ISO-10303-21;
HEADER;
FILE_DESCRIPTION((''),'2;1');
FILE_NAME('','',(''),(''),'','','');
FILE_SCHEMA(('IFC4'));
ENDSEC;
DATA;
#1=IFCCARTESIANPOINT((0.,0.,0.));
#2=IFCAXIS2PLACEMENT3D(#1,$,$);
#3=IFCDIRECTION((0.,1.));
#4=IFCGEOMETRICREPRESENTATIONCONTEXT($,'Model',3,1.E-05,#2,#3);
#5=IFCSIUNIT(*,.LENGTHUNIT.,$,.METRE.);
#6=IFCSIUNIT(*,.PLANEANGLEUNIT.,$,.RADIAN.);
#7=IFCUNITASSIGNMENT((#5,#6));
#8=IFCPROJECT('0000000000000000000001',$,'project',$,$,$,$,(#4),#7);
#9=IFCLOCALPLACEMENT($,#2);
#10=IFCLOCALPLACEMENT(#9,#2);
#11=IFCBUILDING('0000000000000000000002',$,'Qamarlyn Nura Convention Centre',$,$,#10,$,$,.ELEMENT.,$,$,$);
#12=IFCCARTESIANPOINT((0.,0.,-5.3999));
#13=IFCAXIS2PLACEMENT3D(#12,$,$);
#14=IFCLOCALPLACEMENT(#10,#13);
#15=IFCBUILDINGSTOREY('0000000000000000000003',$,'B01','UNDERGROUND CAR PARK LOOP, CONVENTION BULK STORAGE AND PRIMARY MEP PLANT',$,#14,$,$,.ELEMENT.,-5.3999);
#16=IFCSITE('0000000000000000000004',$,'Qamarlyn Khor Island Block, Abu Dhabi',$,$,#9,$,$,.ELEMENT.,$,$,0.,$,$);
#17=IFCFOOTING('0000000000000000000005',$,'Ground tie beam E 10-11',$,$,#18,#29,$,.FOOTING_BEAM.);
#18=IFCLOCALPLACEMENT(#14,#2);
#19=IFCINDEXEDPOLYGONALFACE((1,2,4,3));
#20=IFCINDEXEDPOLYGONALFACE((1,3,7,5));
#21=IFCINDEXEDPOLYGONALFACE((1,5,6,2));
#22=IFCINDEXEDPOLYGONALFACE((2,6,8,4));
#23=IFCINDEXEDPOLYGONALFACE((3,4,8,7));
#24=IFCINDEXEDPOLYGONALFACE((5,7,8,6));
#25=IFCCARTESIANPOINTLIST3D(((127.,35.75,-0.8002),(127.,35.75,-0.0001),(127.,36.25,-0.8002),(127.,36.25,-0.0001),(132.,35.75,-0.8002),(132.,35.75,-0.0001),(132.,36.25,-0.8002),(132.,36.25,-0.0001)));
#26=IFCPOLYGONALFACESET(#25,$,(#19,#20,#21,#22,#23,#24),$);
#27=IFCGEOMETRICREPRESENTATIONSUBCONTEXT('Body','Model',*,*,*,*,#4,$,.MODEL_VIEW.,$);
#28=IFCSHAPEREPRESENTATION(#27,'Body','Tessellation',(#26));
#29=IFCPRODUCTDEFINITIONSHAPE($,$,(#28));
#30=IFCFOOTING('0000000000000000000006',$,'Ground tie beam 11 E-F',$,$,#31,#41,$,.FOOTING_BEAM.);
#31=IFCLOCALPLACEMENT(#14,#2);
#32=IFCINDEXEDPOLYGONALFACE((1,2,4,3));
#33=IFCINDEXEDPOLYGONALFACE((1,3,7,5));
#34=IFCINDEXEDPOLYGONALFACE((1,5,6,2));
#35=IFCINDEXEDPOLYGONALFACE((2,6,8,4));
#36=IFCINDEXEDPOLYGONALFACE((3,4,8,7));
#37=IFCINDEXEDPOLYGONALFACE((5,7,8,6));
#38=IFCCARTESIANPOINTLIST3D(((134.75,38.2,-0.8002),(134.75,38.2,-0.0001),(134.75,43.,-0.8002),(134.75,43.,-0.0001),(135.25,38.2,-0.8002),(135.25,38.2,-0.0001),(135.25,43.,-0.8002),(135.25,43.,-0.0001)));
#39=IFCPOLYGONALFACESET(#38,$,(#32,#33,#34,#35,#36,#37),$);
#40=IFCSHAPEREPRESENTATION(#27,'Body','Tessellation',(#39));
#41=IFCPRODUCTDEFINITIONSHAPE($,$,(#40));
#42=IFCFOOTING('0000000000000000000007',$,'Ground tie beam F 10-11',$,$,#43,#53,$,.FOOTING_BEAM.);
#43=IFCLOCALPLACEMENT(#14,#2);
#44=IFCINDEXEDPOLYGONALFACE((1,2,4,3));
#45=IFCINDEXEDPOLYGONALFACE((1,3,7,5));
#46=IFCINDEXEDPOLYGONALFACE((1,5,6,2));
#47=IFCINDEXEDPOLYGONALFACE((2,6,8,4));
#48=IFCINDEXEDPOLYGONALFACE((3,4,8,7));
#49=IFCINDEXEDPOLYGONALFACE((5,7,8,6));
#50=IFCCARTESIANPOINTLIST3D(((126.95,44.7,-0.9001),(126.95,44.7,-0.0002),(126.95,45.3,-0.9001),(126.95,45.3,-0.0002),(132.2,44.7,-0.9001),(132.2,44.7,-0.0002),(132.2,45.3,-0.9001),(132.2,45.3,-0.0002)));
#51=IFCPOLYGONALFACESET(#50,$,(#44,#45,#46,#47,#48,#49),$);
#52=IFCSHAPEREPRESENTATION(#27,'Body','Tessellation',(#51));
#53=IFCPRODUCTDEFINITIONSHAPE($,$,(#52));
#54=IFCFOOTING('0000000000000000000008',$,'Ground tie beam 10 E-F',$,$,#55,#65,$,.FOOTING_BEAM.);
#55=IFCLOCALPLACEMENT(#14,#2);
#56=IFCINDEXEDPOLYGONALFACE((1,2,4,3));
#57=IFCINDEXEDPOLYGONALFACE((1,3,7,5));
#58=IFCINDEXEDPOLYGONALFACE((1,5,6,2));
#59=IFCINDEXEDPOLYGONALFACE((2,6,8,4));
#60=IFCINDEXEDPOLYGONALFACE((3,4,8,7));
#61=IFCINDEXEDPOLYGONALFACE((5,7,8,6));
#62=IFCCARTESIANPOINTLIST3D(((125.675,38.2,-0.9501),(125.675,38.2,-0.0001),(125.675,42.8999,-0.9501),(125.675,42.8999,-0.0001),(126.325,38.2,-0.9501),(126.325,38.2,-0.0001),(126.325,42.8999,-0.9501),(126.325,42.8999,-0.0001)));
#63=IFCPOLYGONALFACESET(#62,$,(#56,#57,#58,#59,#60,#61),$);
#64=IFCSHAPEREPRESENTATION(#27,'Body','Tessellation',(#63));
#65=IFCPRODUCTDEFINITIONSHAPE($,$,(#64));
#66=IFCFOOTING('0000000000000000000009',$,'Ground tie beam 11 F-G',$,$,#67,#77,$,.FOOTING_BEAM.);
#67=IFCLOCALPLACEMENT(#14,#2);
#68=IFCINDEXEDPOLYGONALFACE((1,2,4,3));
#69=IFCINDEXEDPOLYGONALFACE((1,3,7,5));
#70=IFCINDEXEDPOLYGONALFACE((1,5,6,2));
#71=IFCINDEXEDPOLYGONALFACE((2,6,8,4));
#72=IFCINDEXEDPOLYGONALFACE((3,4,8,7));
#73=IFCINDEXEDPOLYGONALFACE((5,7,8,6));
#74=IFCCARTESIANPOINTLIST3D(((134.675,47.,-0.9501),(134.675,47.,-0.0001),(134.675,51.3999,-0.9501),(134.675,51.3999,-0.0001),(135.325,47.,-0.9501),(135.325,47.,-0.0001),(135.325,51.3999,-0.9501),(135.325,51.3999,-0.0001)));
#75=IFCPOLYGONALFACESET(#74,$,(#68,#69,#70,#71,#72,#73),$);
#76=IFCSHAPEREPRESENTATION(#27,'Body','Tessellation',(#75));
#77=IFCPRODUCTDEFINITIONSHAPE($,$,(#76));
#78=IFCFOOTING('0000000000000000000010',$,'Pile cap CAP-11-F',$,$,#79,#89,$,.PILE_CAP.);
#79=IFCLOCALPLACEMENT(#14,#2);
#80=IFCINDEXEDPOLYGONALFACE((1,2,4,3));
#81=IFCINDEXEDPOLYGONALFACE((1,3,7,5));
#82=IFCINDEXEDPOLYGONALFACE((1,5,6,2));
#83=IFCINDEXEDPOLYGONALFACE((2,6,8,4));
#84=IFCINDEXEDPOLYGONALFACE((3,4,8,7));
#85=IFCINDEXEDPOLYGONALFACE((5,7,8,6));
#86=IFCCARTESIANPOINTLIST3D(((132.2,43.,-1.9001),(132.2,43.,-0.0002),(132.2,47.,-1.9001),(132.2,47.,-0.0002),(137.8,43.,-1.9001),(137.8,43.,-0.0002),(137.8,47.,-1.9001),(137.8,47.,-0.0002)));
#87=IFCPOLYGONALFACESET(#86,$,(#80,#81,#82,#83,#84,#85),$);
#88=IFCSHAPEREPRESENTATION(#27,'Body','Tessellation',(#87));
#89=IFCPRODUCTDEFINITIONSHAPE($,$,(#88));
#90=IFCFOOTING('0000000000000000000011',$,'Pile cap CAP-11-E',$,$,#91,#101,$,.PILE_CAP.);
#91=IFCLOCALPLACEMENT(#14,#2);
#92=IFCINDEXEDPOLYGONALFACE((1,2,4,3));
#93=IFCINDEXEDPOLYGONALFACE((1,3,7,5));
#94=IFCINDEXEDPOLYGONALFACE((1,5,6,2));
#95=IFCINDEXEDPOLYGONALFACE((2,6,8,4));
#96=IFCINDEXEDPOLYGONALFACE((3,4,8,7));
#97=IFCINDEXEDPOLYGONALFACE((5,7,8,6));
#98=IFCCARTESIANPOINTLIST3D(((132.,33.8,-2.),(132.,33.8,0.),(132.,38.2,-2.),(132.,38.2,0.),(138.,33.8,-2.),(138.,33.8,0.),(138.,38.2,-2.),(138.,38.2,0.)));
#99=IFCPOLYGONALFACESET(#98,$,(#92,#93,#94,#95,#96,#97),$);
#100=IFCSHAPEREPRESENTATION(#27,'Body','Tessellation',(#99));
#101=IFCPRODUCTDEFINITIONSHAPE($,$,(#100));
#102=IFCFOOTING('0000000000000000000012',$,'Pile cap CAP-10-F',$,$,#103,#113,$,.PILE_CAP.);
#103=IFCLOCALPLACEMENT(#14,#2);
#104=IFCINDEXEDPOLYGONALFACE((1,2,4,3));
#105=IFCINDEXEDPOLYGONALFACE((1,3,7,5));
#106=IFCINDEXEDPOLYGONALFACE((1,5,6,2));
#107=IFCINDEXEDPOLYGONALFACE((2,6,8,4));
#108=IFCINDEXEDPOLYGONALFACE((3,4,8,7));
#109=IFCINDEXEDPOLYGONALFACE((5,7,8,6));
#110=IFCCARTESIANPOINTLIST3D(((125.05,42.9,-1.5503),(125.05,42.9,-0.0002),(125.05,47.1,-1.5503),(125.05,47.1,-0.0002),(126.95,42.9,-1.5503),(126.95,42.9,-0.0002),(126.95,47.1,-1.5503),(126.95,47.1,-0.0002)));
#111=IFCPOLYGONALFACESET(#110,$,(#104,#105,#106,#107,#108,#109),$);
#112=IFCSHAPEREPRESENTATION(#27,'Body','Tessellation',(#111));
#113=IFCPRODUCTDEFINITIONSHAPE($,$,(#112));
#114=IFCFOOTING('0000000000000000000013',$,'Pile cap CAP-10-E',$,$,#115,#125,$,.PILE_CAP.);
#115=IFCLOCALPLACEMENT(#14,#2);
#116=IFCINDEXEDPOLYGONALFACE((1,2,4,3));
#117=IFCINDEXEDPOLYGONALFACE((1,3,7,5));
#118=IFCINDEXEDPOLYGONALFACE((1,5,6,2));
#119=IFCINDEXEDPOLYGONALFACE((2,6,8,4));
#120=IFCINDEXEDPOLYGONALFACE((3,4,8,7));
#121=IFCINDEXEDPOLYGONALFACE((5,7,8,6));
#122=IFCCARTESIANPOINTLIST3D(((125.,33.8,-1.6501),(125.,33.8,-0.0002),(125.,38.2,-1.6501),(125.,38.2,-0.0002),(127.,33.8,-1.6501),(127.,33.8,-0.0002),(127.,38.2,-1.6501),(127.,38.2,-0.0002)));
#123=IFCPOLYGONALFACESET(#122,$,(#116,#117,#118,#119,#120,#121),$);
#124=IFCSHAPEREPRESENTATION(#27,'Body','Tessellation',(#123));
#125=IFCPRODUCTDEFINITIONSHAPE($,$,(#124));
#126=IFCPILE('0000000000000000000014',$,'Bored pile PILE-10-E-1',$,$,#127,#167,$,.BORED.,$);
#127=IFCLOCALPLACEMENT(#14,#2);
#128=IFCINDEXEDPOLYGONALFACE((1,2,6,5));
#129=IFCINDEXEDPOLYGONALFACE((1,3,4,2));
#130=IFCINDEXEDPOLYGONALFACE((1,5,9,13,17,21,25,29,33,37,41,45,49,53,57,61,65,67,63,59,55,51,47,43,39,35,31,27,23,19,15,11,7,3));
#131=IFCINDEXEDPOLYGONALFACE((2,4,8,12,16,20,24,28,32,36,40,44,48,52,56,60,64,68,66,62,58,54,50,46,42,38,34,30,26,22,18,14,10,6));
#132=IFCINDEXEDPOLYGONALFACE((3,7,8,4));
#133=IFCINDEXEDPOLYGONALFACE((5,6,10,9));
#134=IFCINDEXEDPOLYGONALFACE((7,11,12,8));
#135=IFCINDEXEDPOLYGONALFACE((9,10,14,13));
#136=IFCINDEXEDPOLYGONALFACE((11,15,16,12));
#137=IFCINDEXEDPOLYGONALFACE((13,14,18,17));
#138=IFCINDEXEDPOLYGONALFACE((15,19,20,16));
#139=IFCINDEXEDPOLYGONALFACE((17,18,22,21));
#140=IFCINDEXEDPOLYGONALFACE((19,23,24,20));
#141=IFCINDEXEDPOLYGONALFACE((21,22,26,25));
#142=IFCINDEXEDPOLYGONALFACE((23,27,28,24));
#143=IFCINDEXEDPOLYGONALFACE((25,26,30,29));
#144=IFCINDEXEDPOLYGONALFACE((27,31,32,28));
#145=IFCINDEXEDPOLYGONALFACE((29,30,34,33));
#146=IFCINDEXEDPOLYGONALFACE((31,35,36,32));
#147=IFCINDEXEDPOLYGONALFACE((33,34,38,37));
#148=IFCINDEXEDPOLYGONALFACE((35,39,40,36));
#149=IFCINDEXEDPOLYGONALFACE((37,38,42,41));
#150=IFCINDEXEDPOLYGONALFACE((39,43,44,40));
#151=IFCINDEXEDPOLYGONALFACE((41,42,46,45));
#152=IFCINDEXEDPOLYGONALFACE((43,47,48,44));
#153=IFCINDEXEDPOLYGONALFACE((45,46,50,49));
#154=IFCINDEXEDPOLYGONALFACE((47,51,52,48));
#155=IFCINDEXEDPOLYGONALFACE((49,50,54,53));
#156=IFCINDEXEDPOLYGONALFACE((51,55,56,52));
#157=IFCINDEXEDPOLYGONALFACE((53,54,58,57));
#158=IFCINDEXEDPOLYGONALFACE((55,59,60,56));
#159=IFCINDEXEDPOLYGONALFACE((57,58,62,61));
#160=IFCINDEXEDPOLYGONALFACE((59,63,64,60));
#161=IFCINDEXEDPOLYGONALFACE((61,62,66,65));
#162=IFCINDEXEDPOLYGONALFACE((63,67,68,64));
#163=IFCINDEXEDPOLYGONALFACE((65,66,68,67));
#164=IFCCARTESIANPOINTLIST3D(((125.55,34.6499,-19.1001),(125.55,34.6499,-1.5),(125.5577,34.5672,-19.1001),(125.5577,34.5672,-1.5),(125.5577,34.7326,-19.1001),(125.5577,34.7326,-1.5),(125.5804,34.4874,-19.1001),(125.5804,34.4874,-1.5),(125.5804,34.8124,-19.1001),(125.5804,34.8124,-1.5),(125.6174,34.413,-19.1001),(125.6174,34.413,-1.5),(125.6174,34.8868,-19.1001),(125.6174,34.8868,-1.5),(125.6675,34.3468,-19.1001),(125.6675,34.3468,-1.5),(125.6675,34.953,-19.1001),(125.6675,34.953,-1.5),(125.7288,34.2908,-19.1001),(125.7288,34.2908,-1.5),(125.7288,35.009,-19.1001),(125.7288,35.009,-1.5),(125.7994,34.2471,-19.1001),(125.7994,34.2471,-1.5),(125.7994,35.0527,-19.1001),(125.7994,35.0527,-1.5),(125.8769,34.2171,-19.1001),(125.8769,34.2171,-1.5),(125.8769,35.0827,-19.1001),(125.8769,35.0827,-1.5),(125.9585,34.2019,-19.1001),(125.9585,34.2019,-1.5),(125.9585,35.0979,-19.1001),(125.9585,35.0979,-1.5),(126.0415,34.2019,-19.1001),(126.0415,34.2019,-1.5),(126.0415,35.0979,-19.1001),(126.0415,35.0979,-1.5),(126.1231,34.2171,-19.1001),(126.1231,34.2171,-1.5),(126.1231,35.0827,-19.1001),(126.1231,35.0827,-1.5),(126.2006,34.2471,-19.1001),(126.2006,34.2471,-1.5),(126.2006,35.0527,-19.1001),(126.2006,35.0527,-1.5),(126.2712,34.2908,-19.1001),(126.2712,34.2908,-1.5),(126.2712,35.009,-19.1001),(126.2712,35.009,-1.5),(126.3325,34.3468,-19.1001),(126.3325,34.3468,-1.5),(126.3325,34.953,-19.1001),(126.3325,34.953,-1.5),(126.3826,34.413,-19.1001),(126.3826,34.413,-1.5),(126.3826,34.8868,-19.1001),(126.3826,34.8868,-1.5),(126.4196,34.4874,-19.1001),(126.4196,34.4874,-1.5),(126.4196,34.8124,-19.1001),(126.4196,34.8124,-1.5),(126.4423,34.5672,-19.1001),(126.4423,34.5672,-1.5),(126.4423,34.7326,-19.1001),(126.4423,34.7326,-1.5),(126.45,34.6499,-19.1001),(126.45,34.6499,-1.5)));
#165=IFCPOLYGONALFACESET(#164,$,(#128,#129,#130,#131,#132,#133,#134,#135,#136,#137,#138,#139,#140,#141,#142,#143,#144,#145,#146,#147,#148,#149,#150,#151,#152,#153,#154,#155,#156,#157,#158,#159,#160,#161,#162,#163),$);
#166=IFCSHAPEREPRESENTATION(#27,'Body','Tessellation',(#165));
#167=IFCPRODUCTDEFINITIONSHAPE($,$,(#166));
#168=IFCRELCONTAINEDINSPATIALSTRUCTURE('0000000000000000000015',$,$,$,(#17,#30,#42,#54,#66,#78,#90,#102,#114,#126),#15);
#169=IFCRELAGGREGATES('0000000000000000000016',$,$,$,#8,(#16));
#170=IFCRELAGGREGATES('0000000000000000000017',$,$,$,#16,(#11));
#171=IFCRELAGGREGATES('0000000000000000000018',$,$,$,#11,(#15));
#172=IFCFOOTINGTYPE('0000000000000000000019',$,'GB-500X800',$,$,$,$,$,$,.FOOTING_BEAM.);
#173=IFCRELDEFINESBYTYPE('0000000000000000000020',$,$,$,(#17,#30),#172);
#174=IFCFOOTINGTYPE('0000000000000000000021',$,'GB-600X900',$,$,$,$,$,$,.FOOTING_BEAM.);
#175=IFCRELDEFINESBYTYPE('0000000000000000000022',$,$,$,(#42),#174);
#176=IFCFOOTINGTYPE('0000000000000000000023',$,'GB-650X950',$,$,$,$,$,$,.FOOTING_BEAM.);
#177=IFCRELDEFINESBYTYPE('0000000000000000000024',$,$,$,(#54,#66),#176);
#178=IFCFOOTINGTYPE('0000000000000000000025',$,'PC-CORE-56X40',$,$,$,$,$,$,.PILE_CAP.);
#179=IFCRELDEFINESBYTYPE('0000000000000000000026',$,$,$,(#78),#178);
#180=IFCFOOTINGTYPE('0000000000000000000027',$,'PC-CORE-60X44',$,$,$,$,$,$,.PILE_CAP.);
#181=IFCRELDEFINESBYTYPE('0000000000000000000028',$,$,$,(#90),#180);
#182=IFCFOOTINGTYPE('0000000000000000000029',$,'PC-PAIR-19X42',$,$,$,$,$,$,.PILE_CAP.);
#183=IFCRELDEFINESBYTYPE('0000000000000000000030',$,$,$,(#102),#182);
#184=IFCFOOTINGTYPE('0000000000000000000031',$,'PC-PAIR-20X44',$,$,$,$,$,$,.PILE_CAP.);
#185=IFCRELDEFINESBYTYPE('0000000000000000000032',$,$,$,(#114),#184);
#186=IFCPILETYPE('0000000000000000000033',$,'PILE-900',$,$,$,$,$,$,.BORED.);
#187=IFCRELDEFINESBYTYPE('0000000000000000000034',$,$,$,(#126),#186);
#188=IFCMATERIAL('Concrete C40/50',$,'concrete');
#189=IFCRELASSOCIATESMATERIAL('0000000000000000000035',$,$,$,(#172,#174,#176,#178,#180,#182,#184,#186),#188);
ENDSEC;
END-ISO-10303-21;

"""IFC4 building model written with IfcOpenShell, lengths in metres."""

from ifc_helpers import new_model, si_unit, direction, frame, origin, origin_2d, place, context, subcontext, project, spatial, rectangle, circle, extrude, material, material_profile, profile_set, type_object, element, save


model = new_model("IFC4")

# Units and contexts
model_context = context("Model", 3, precision=1e-05, world=origin(), true_north=direction((0.0, 1.0)))
body_context = subcontext(model_context, "Body", "Model", "MODEL_VIEW")
ifc_project = project(units=[si_unit("LENGTHUNIT", "METRE"), si_unit("PLANEANGLEUNIT", "RADIAN")], contexts=[model_context])

# Site, building, storey
site_placement = place(None, origin())
site = spatial("IfcSite", under=ifc_project, at=site_placement, Name="Qamarlyn Khor Island Block, Abu Dhabi", CompositionType="ELEMENT", RefElevation=0.0)
building_placement = place(site_placement, origin())
building = spatial("IfcBuilding", under=site, at=building_placement, Name="Qamarlyn Nura Convention Centre", CompositionType="ELEMENT")
storey_placement = place(building_placement, frame((0.0, 0.0, -5.3999)))
storey = spatial("IfcBuildingStorey", under=building, at=storey_placement, Name="B01", Description="UNDERGROUND CAR PARK LOOP, CONVENTION BULK STORAGE AND PRIMARY MEP PLANT", CompositionType="ELEMENT", Elevation=-5.3999)

# Footings
ifc_material_1 = material(Name="Concrete C40/50", Category="concrete")
ifc_material_profile_1 = material_profile(ifc_material_1, rectangle(XDim=0.5, YDim=0.8, at=origin_2d()), Name="RC GB 500x800")
ifc_profile_set_1 = profile_set([ifc_material_profile_1], Name="Concrete C40/50")
footing_type_1 = type_object("IfcFootingType", Name="GB-500X800", PredefinedType="FOOTING_BEAM", material=ifc_profile_set_1)
footing_1_placement = place(storey_placement, frame((127.0, 36.0, -0.4001), z_axis=(1.0, 0.0, 0.0), x_axis=(0.0, 1.0, 0.0)))
element("IfcFooting", 1, at=footing_1_placement, inside=storey, type_object=footing_type_1, Name="Ground tie beam E 10-11", PredefinedType="FOOTING_BEAM", context=body_context, shape_type="SweptSolid", body=[
    extrude(rectangle(XDim=0.5, YDim=0.8, at=origin_2d()), origin(), (0.0, 0.0, 1.0), 5.0),
])
footing_2_placement = place(storey_placement, frame((135.0, 38.2, -0.4001), z_axis=(0.0, 1.0, 0.0), x_axis=(-1.0, 0.0, 0.0)))
element("IfcFooting", 2, at=footing_2_placement, inside=storey, type_object=footing_type_1, Name="Ground tie beam 11 E-F", PredefinedType="FOOTING_BEAM", context=body_context, shape_type="SweptSolid", body=[
    extrude(rectangle(XDim=0.5, YDim=0.8, at=origin_2d()), origin(), (0.0, 0.0, 1.0), 4.8),
])
ifc_material_profile_2 = material_profile(ifc_material_1, rectangle(XDim=0.6001, YDim=0.8999, at=origin_2d()), Name="RC GB 600x900")
ifc_profile_set_2 = profile_set([ifc_material_profile_2], Name="Concrete C40/50")
footing_type_2 = type_object("IfcFootingType", Name="GB-600X900", PredefinedType="FOOTING_BEAM", material=ifc_profile_set_2)
footing_3_placement = place(storey_placement, frame((126.95, 45.0, -0.4502), z_axis=(1.0, 0.0, 0.0), x_axis=(0.0, 1.0, 0.0)))
element("IfcFooting", 3, at=footing_3_placement, inside=storey, type_object=footing_type_2, Name="Ground tie beam F 10-11", PredefinedType="FOOTING_BEAM", context=body_context, shape_type="SweptSolid", body=[
    extrude(rectangle(XDim=0.6001, YDim=0.8999, at=origin_2d()), origin(), (0.0, 0.0, 1.0), 5.25),
])
ifc_material_profile_3 = material_profile(ifc_material_1, rectangle(XDim=0.6499, YDim=0.95, at=origin_2d()), Name="RC GB 650x950")
ifc_profile_set_3 = profile_set([ifc_material_profile_3], Name="Concrete C40/50")
footing_type_3 = type_object("IfcFootingType", Name="GB-650X950", PredefinedType="FOOTING_BEAM", material=ifc_profile_set_3)
footing_4_placement = place(storey_placement, frame((126.0, 38.2, -0.4751), z_axis=(0.0, 1.0, 0.0), x_axis=(-1.0, 0.0, 0.0)))
element("IfcFooting", 4, at=footing_4_placement, inside=storey, type_object=footing_type_3, Name="Ground tie beam 10 E-F", PredefinedType="FOOTING_BEAM", context=body_context, shape_type="SweptSolid", body=[
    extrude(rectangle(XDim=0.6499, YDim=0.95, at=origin_2d()), origin(), (0.0, 0.0, 1.0), 4.7),
])
footing_5_placement = place(storey_placement, frame((135.0, 47.0, -0.4751), z_axis=(0.0, 1.0, 0.0), x_axis=(-1.0, 0.0, 0.0)))
element("IfcFooting", 5, at=footing_5_placement, inside=storey, type_object=footing_type_3, Name="Ground tie beam 11 F-G", PredefinedType="FOOTING_BEAM", context=body_context, shape_type="SweptSolid", body=[
    extrude(rectangle(XDim=0.6499, YDim=0.95, at=origin_2d()), origin(), (0.0, 0.0, 1.0), 4.3999),
])
footing_type_4 = type_object("IfcFootingType", Name="PC-CORE-56X40", PredefinedType="PILE_CAP", material=ifc_material_1)
footing_6_placement = place(storey_placement, frame((135.0, 45.0, -1.9001), z_axis=(0.0, 0.0, 1.0), x_axis=(1.0, 0.0, 0.0)))
element("IfcFooting", 6, at=footing_6_placement, inside=storey, type_object=footing_type_4, Name="Pile cap CAP-11-F", PredefinedType="PILE_CAP", context=body_context, shape_type="SweptSolid", body=[
    extrude(rectangle(XDim=5.6001, YDim=4.0, at=origin_2d()), origin(), (0.0, 0.0, 1.0), 1.8999),
])
footing_type_5 = type_object("IfcFootingType", Name="PC-CORE-60X44", PredefinedType="PILE_CAP", material=ifc_material_1)
footing_7_placement = place(storey_placement, frame((135.0, 36.0, -2.0), z_axis=(0.0, 0.0, 1.0), x_axis=(1.0, 0.0, 0.0)))
element("IfcFooting", 7, at=footing_7_placement, inside=storey, type_object=footing_type_5, Name="Pile cap CAP-11-E", PredefinedType="PILE_CAP", context=body_context, shape_type="SweptSolid", body=[
    extrude(rectangle(XDim=6.0, YDim=4.3999, at=origin_2d()), origin(), (0.0, 0.0, 1.0), 2.0),
])
footing_type_6 = type_object("IfcFootingType", Name="PC-PAIR-19X42", PredefinedType="PILE_CAP", material=ifc_material_1)
footing_8_placement = place(storey_placement, frame((126.0, 45.0, -1.5503), z_axis=(0.0, 0.0, 1.0), x_axis=(1.0, 0.0, 0.0)))
element("IfcFooting", 8, at=footing_8_placement, inside=storey, type_object=footing_type_6, Name="Pile cap CAP-10-F", PredefinedType="PILE_CAP", context=body_context, shape_type="SweptSolid", body=[
    extrude(rectangle(XDim=1.8999, YDim=4.2, at=origin_2d()), origin(), (0.0, 0.0, 1.0), 1.55),
])
footing_type_7 = type_object("IfcFootingType", Name="PC-PAIR-20X44", PredefinedType="PILE_CAP", material=ifc_material_1)
footing_9_placement = place(storey_placement, frame((126.0, 36.0, -1.6501), z_axis=(0.0, 0.0, 1.0), x_axis=(1.0, 0.0, 0.0)))
element("IfcFooting", 9, at=footing_9_placement, inside=storey, type_object=footing_type_7, Name="Pile cap CAP-10-E", PredefinedType="PILE_CAP", context=body_context, shape_type="SweptSolid", body=[
    extrude(rectangle(XDim=2.0, YDim=4.3999, at=origin_2d()), origin(), (0.0, 0.0, 1.0), 1.6499),
])

# Pile
ifc_material_profile_4 = material_profile(ifc_material_1, circle(Radius=0.45, at=origin_2d()), Name="BORED PILE 900")
ifc_profile_set_4 = profile_set([ifc_material_profile_4], Name="Concrete C40/50")
pile_type = type_object("IfcPileType", Name="PILE-900", PredefinedType="BORED", material=ifc_profile_set_4)
for number, where, z_axis, x_axis, name in (
    (10, (126.0, 34.6499, -1.5), (0.0, 0.0, -1.0), (1.0, 0.0, 0.0), "Bored pile PILE-10-E-1"),
):
    element("IfcPile", number, at=place(storey_placement, frame(where, z_axis=z_axis, x_axis=x_axis)), inside=storey, type_object=pile_type, Name=name, PredefinedType="BORED", context=body_context, shape_type="SweptSolid", body=[
        extrude(circle(Radius=0.45, at=origin_2d()), origin(), (0.0, 0.0, 1.0), 17.6001),
    ])

save(model, "model.ifc")
